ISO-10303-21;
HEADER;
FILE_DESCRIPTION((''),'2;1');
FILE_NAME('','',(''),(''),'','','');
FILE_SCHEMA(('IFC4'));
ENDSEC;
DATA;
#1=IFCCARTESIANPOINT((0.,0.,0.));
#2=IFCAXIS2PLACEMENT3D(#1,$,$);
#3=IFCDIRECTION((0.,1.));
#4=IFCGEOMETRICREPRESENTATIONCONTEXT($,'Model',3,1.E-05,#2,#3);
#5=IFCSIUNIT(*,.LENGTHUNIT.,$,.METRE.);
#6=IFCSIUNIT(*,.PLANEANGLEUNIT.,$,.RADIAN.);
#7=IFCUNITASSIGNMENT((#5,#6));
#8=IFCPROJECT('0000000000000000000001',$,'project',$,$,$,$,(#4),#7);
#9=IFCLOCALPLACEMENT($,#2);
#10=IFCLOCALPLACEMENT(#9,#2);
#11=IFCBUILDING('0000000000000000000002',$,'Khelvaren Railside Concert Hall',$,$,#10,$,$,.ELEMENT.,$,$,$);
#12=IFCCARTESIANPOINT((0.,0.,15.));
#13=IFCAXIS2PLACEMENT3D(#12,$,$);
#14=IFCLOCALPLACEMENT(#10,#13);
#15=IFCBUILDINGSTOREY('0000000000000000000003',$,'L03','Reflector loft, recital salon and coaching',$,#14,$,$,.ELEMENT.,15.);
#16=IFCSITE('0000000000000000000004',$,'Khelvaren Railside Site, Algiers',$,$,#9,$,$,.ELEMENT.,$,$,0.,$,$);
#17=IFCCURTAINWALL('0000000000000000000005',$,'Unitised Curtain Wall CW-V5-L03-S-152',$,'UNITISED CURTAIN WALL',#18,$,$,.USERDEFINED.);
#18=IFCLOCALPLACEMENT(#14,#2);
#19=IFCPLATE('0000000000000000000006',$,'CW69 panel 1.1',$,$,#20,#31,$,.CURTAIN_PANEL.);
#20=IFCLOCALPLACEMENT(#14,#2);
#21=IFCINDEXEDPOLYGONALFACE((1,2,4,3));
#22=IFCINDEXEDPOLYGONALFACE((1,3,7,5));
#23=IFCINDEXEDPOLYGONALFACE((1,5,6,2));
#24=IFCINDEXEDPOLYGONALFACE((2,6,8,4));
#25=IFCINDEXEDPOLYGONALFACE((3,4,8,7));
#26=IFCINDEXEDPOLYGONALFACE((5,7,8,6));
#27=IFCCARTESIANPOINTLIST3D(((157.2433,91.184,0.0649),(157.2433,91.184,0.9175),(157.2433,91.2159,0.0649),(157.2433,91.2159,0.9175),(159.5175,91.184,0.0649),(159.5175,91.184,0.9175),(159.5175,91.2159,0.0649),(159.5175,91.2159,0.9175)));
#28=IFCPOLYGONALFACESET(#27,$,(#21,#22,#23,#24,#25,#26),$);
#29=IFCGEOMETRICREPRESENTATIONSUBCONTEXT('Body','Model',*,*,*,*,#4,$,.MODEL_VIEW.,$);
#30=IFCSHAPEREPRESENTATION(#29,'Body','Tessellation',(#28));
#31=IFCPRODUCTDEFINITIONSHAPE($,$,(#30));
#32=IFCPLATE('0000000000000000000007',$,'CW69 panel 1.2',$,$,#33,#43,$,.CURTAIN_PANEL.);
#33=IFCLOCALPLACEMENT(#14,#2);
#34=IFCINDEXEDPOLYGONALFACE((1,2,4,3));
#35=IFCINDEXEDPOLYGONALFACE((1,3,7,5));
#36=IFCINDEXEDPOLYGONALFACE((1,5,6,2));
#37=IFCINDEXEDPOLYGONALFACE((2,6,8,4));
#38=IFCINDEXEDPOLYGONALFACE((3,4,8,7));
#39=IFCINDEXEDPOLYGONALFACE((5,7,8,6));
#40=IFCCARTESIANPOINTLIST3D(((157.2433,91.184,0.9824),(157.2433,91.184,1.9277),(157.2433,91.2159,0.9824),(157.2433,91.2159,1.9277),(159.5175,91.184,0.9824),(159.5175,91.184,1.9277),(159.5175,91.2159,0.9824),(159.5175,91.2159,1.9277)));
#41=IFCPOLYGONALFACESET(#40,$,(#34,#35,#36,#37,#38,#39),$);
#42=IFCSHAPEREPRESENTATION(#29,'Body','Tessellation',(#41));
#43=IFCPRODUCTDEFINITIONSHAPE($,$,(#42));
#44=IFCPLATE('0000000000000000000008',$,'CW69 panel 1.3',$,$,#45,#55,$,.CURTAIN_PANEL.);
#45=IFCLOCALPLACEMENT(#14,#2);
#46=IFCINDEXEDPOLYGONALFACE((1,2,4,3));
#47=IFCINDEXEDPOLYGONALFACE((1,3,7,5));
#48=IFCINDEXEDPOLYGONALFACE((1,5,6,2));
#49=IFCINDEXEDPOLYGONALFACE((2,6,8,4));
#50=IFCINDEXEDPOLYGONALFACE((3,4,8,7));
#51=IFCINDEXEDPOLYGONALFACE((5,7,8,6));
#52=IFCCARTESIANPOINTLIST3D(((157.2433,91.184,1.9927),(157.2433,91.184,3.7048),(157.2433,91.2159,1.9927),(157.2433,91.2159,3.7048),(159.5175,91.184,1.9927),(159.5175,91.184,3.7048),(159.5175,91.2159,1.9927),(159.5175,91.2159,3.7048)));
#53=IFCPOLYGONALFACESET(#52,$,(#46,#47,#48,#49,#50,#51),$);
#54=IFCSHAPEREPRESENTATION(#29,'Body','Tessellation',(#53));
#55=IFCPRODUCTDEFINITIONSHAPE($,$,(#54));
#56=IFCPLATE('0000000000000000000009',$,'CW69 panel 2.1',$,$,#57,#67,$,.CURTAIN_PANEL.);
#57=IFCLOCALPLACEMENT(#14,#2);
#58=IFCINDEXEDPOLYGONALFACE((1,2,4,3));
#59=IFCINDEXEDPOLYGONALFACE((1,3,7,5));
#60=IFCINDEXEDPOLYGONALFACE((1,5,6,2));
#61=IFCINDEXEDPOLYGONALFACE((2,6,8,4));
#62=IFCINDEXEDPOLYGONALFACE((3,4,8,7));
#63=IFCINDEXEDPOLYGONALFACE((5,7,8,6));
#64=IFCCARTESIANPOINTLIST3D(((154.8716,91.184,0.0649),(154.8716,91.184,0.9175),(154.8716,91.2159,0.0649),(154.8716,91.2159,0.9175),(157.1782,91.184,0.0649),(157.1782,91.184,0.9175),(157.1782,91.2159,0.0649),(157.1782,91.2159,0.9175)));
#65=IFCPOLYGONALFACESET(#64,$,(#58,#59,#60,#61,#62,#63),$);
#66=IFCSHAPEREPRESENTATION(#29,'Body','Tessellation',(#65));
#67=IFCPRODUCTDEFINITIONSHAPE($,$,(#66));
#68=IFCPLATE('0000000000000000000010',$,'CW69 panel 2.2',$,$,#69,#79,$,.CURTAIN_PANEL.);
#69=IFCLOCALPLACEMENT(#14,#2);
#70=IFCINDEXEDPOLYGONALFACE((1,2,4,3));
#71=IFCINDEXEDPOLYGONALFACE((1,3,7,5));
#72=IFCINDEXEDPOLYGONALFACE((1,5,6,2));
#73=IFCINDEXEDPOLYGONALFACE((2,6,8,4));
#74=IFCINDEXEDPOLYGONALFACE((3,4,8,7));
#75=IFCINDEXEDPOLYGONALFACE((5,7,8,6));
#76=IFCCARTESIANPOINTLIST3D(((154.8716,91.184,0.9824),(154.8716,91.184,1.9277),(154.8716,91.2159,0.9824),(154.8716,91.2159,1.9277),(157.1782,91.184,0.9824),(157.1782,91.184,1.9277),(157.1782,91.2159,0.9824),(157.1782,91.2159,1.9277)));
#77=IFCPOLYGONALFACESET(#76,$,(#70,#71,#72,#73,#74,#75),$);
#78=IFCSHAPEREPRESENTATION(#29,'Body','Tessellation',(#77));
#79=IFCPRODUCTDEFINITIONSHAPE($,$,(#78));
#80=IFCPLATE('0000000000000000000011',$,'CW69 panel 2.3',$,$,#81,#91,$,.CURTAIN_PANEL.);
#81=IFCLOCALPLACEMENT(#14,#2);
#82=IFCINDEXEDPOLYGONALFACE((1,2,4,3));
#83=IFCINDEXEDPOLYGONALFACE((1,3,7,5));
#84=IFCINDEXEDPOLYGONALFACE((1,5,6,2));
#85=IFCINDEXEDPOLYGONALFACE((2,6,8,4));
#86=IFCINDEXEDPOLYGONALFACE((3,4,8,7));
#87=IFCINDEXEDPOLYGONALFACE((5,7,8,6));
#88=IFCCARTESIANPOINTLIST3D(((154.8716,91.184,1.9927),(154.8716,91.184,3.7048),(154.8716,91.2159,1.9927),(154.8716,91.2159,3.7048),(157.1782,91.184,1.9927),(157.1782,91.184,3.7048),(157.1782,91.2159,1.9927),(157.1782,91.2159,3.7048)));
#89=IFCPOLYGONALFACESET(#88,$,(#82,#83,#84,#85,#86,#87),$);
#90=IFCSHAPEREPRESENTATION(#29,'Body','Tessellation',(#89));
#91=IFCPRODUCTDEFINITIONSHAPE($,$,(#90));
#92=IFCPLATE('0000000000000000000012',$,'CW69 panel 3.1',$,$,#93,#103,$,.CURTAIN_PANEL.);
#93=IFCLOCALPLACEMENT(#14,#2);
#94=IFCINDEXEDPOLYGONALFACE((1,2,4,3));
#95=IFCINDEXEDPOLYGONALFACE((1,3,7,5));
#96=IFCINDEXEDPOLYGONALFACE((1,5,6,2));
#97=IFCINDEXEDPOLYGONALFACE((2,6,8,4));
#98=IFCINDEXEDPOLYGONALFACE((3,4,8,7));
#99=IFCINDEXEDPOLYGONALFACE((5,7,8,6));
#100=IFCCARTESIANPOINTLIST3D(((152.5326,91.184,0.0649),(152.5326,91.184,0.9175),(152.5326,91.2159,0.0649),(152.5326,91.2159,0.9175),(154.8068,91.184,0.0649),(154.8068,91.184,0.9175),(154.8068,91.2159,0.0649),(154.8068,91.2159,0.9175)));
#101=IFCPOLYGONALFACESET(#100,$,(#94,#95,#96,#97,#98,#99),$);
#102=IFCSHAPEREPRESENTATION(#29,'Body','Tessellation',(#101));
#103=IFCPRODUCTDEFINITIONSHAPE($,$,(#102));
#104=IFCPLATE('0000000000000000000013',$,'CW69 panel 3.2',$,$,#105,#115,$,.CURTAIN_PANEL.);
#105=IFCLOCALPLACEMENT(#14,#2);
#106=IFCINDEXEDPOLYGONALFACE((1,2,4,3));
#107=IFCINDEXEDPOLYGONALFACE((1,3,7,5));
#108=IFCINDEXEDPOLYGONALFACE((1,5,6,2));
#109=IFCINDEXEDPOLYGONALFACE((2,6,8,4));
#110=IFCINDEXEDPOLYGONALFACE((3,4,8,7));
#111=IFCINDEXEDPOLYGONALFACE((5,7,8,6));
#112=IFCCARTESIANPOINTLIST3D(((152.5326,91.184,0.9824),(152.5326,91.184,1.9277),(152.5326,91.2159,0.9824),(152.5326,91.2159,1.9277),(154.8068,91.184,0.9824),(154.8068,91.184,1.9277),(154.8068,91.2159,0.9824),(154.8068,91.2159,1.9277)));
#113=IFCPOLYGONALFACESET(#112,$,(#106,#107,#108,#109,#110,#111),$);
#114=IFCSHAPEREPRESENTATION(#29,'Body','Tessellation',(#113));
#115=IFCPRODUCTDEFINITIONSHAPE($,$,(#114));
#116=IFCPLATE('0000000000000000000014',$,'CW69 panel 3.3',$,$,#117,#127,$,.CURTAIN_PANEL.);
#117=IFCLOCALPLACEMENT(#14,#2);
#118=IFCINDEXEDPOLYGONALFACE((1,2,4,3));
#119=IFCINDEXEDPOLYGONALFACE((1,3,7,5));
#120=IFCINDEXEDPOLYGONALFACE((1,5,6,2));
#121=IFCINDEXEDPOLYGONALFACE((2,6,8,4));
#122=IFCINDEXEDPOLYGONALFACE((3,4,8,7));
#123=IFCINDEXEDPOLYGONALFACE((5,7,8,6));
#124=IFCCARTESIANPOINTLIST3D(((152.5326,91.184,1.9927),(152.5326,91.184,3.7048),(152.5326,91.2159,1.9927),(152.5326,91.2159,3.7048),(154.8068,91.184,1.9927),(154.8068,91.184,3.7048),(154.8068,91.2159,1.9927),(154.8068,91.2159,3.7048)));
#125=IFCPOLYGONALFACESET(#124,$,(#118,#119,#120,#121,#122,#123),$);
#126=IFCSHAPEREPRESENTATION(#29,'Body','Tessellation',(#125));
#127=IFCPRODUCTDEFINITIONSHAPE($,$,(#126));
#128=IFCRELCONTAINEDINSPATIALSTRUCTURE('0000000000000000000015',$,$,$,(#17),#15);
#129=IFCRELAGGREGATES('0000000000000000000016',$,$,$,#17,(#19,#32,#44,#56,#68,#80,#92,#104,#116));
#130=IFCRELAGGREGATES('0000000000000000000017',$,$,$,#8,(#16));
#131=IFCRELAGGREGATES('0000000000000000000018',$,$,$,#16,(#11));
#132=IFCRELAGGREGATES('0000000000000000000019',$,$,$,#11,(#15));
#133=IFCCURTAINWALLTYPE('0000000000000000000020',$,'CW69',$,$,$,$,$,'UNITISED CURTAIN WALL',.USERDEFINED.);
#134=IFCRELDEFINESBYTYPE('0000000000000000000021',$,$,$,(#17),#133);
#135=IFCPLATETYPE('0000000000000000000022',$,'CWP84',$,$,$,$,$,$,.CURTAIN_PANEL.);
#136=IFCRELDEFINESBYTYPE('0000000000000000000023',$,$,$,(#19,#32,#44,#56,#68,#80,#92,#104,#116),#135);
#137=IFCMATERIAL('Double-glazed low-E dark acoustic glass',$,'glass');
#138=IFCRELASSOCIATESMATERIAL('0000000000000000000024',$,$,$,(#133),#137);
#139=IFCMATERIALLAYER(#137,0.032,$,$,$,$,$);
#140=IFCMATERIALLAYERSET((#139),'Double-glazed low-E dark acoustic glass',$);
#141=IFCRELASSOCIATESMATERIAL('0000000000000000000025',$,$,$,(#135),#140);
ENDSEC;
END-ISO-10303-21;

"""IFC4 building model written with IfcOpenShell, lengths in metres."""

from ifc_helpers import new_model, si_unit, direction, frame, origin, origin_2d, place, context, subcontext, project, spatial, rectangle, extrude, material, layer, layer_set, type_object, element, aggregate, save


model = new_model("IFC4")

# Units and contexts
model_context = context("Model", 3, precision=1e-05, world=origin(), true_north=direction((0.0, 1.0)))
body_context = subcontext(model_context, "Body", "Model", "MODEL_VIEW")
ifc_project = project(units=[si_unit("LENGTHUNIT", "METRE"), si_unit("PLANEANGLEUNIT", "RADIAN")], contexts=[model_context])

# Site, building, storey
site_placement = place(None, origin())
site = spatial("IfcSite", under=ifc_project, at=site_placement, Name="Khelvaren Railside Site, Algiers", CompositionType="ELEMENT", RefElevation=0.0)
building_placement = place(site_placement, origin())
building = spatial("IfcBuilding", under=site, at=building_placement, Name="Khelvaren Railside Concert Hall", CompositionType="ELEMENT")
storey_placement = place(building_placement, frame((0.0, 0.0, 15.0)))
storey = spatial("IfcBuildingStorey", under=building, at=storey_placement, Name="L03", Description="Reflector loft, recital salon and coaching", CompositionType="ELEMENT", Elevation=15.0)

# Shared definitions
ifc_material_1 = material(Name="Double-glazed low-E dark acoustic glass", Category="glass")

# Curtain wall
curtain_wall_type_1 = type_object("IfcCurtainWallType", Name="CW69", ElementType="UNITISED CURTAIN WALL", PredefinedType="USERDEFINED", material=ifc_material_1)
curtain_wall_1_placement = place(storey_placement, origin())
curtain_wall_1 = element("IfcCurtainWall", 1, at=curtain_wall_1_placement, inside=storey, type_object=curtain_wall_type_1, Name="Unitised Curtain Wall CW-V5-L03-S-152", ObjectType="UNITISED CURTAIN WALL", PredefinedType="USERDEFINED")

# Plates
ifc_layer = layer(ifc_material_1, 0.032)
ifc_layer_set = layer_set([ifc_layer], Name="Double-glazed low-E dark acoustic glass")
plate_type = type_object("IfcPlateType", Name="CWP84", PredefinedType="CURTAIN_PANEL", material=ifc_layer_set)
plate_1_placement = place(storey_placement, frame((158.3804, 91.2, 0.0649), z_axis=(0.0, 0.0, 1.0), x_axis=(-1.0, 0.0, 0.0)))
plate_1 = element("IfcPlate", 2, at=plate_1_placement, type_object=plate_type, Name="CW69 panel 1.1", PredefinedType="CURTAIN_PANEL", context=body_context, shape_type="SweptSolid", body=[
    extrude(rectangle(XDim=2.2742, YDim=0.032, at=origin_2d()), origin(), (0.0, 0.0, 1.0), 0.8525),
])
plate_2_placement = place(storey_placement, frame((158.3804, 91.2, 0.9824), z_axis=(0.0, 0.0, 1.0), x_axis=(-1.0, 0.0, 0.0)))
plate_2 = element("IfcPlate", 3, at=plate_2_placement, type_object=plate_type, Name="CW69 panel 1.2", PredefinedType="CURTAIN_PANEL", context=body_context, shape_type="SweptSolid", body=[
    extrude(rectangle(XDim=2.2742, YDim=0.032, at=origin_2d()), origin(), (0.0, 0.0, 1.0), 0.9453),
])
plate_3_placement = place(storey_placement, frame((158.3804, 91.2, 1.9927), z_axis=(0.0, 0.0, 1.0), x_axis=(-1.0, 0.0, 0.0)))
plate_3 = element("IfcPlate", 4, at=plate_3_placement, type_object=plate_type, Name="CW69 panel 1.3", PredefinedType="CURTAIN_PANEL", context=body_context, shape_type="SweptSolid", body=[
    extrude(rectangle(XDim=2.2742, YDim=0.032, at=origin_2d()), origin(), (0.0, 0.0, 1.0), 1.7122),
])
plate_4_placement = place(storey_placement, frame((156.0249, 91.2, 0.0649), z_axis=(0.0, 0.0, 1.0), x_axis=(-1.0, 0.0, 0.0)))
plate_4 = element("IfcPlate", 5, at=plate_4_placement, type_object=plate_type, Name="CW69 panel 2.1", PredefinedType="CURTAIN_PANEL", context=body_context, shape_type="SweptSolid", body=[
    extrude(rectangle(XDim=2.3066, YDim=0.032, at=origin_2d()), origin(), (0.0, 0.0, 1.0), 0.8525),
])
plate_5_placement = place(storey_placement, frame((156.0249, 91.2, 0.9824), z_axis=(0.0, 0.0, 1.0), x_axis=(-1.0, 0.0, 0.0)))
plate_5 = element("IfcPlate", 6, at=plate_5_placement, type_object=plate_type, Name="CW69 panel 2.2", PredefinedType="CURTAIN_PANEL", context=body_context, shape_type="SweptSolid", body=[
    extrude(rectangle(XDim=2.3066, YDim=0.032, at=origin_2d()), origin(), (0.0, 0.0, 1.0), 0.9453),
])
plate_6_placement = place(storey_placement, frame((156.0249, 91.2, 1.9927), z_axis=(0.0, 0.0, 1.0), x_axis=(-1.0, 0.0, 0.0)))
plate_6 = element("IfcPlate", 7, at=plate_6_placement, type_object=plate_type, Name="CW69 panel 2.3", PredefinedType="CURTAIN_PANEL", context=body_context, shape_type="SweptSolid", body=[
    extrude(rectangle(XDim=2.3066, YDim=0.032, at=origin_2d()), origin(), (0.0, 0.0, 1.0), 1.7122),
])
plate_7_placement = place(storey_placement, frame((153.6697, 91.2, 0.0649), z_axis=(0.0, 0.0, 1.0), x_axis=(-1.0, 0.0, 0.0)))
plate_7 = element("IfcPlate", 8, at=plate_7_placement, type_object=plate_type, Name="CW69 panel 3.1", PredefinedType="CURTAIN_PANEL", context=body_context, shape_type="SweptSolid", body=[
    extrude(rectangle(XDim=2.2742, YDim=0.032, at=origin_2d()), origin(), (0.0, 0.0, 1.0), 0.8525),
])
plate_8_placement = place(storey_placement, frame((153.6697, 91.2, 0.9824), z_axis=(0.0, 0.0, 1.0), x_axis=(-1.0, 0.0, 0.0)))
plate_8 = element("IfcPlate", 9, at=plate_8_placement, type_object=plate_type, Name="CW69 panel 3.2", PredefinedType="CURTAIN_PANEL", context=body_context, shape_type="SweptSolid", body=[
    extrude(rectangle(XDim=2.2742, YDim=0.032, at=origin_2d()), origin(), (0.0, 0.0, 1.0), 0.9453),
])
plate_9_placement = place(storey_placement, frame((153.6697, 91.2, 1.9927), z_axis=(0.0, 0.0, 1.0), x_axis=(-1.0, 0.0, 0.0)))
plate_9 = element("IfcPlate", 10, at=plate_9_placement, type_object=plate_type, Name="CW69 panel 3.3", PredefinedType="CURTAIN_PANEL", context=body_context, shape_type="SweptSolid", body=[
    extrude(rectangle(XDim=2.2742, YDim=0.032, at=origin_2d()), origin(), (0.0, 0.0, 1.0), 1.7122),
])
aggregate(curtain_wall_1, [plate_1, plate_2, plate_3, plate_4, plate_5, plate_6, plate_7, plate_8, plate_9])

save(model, "model.ifc")
